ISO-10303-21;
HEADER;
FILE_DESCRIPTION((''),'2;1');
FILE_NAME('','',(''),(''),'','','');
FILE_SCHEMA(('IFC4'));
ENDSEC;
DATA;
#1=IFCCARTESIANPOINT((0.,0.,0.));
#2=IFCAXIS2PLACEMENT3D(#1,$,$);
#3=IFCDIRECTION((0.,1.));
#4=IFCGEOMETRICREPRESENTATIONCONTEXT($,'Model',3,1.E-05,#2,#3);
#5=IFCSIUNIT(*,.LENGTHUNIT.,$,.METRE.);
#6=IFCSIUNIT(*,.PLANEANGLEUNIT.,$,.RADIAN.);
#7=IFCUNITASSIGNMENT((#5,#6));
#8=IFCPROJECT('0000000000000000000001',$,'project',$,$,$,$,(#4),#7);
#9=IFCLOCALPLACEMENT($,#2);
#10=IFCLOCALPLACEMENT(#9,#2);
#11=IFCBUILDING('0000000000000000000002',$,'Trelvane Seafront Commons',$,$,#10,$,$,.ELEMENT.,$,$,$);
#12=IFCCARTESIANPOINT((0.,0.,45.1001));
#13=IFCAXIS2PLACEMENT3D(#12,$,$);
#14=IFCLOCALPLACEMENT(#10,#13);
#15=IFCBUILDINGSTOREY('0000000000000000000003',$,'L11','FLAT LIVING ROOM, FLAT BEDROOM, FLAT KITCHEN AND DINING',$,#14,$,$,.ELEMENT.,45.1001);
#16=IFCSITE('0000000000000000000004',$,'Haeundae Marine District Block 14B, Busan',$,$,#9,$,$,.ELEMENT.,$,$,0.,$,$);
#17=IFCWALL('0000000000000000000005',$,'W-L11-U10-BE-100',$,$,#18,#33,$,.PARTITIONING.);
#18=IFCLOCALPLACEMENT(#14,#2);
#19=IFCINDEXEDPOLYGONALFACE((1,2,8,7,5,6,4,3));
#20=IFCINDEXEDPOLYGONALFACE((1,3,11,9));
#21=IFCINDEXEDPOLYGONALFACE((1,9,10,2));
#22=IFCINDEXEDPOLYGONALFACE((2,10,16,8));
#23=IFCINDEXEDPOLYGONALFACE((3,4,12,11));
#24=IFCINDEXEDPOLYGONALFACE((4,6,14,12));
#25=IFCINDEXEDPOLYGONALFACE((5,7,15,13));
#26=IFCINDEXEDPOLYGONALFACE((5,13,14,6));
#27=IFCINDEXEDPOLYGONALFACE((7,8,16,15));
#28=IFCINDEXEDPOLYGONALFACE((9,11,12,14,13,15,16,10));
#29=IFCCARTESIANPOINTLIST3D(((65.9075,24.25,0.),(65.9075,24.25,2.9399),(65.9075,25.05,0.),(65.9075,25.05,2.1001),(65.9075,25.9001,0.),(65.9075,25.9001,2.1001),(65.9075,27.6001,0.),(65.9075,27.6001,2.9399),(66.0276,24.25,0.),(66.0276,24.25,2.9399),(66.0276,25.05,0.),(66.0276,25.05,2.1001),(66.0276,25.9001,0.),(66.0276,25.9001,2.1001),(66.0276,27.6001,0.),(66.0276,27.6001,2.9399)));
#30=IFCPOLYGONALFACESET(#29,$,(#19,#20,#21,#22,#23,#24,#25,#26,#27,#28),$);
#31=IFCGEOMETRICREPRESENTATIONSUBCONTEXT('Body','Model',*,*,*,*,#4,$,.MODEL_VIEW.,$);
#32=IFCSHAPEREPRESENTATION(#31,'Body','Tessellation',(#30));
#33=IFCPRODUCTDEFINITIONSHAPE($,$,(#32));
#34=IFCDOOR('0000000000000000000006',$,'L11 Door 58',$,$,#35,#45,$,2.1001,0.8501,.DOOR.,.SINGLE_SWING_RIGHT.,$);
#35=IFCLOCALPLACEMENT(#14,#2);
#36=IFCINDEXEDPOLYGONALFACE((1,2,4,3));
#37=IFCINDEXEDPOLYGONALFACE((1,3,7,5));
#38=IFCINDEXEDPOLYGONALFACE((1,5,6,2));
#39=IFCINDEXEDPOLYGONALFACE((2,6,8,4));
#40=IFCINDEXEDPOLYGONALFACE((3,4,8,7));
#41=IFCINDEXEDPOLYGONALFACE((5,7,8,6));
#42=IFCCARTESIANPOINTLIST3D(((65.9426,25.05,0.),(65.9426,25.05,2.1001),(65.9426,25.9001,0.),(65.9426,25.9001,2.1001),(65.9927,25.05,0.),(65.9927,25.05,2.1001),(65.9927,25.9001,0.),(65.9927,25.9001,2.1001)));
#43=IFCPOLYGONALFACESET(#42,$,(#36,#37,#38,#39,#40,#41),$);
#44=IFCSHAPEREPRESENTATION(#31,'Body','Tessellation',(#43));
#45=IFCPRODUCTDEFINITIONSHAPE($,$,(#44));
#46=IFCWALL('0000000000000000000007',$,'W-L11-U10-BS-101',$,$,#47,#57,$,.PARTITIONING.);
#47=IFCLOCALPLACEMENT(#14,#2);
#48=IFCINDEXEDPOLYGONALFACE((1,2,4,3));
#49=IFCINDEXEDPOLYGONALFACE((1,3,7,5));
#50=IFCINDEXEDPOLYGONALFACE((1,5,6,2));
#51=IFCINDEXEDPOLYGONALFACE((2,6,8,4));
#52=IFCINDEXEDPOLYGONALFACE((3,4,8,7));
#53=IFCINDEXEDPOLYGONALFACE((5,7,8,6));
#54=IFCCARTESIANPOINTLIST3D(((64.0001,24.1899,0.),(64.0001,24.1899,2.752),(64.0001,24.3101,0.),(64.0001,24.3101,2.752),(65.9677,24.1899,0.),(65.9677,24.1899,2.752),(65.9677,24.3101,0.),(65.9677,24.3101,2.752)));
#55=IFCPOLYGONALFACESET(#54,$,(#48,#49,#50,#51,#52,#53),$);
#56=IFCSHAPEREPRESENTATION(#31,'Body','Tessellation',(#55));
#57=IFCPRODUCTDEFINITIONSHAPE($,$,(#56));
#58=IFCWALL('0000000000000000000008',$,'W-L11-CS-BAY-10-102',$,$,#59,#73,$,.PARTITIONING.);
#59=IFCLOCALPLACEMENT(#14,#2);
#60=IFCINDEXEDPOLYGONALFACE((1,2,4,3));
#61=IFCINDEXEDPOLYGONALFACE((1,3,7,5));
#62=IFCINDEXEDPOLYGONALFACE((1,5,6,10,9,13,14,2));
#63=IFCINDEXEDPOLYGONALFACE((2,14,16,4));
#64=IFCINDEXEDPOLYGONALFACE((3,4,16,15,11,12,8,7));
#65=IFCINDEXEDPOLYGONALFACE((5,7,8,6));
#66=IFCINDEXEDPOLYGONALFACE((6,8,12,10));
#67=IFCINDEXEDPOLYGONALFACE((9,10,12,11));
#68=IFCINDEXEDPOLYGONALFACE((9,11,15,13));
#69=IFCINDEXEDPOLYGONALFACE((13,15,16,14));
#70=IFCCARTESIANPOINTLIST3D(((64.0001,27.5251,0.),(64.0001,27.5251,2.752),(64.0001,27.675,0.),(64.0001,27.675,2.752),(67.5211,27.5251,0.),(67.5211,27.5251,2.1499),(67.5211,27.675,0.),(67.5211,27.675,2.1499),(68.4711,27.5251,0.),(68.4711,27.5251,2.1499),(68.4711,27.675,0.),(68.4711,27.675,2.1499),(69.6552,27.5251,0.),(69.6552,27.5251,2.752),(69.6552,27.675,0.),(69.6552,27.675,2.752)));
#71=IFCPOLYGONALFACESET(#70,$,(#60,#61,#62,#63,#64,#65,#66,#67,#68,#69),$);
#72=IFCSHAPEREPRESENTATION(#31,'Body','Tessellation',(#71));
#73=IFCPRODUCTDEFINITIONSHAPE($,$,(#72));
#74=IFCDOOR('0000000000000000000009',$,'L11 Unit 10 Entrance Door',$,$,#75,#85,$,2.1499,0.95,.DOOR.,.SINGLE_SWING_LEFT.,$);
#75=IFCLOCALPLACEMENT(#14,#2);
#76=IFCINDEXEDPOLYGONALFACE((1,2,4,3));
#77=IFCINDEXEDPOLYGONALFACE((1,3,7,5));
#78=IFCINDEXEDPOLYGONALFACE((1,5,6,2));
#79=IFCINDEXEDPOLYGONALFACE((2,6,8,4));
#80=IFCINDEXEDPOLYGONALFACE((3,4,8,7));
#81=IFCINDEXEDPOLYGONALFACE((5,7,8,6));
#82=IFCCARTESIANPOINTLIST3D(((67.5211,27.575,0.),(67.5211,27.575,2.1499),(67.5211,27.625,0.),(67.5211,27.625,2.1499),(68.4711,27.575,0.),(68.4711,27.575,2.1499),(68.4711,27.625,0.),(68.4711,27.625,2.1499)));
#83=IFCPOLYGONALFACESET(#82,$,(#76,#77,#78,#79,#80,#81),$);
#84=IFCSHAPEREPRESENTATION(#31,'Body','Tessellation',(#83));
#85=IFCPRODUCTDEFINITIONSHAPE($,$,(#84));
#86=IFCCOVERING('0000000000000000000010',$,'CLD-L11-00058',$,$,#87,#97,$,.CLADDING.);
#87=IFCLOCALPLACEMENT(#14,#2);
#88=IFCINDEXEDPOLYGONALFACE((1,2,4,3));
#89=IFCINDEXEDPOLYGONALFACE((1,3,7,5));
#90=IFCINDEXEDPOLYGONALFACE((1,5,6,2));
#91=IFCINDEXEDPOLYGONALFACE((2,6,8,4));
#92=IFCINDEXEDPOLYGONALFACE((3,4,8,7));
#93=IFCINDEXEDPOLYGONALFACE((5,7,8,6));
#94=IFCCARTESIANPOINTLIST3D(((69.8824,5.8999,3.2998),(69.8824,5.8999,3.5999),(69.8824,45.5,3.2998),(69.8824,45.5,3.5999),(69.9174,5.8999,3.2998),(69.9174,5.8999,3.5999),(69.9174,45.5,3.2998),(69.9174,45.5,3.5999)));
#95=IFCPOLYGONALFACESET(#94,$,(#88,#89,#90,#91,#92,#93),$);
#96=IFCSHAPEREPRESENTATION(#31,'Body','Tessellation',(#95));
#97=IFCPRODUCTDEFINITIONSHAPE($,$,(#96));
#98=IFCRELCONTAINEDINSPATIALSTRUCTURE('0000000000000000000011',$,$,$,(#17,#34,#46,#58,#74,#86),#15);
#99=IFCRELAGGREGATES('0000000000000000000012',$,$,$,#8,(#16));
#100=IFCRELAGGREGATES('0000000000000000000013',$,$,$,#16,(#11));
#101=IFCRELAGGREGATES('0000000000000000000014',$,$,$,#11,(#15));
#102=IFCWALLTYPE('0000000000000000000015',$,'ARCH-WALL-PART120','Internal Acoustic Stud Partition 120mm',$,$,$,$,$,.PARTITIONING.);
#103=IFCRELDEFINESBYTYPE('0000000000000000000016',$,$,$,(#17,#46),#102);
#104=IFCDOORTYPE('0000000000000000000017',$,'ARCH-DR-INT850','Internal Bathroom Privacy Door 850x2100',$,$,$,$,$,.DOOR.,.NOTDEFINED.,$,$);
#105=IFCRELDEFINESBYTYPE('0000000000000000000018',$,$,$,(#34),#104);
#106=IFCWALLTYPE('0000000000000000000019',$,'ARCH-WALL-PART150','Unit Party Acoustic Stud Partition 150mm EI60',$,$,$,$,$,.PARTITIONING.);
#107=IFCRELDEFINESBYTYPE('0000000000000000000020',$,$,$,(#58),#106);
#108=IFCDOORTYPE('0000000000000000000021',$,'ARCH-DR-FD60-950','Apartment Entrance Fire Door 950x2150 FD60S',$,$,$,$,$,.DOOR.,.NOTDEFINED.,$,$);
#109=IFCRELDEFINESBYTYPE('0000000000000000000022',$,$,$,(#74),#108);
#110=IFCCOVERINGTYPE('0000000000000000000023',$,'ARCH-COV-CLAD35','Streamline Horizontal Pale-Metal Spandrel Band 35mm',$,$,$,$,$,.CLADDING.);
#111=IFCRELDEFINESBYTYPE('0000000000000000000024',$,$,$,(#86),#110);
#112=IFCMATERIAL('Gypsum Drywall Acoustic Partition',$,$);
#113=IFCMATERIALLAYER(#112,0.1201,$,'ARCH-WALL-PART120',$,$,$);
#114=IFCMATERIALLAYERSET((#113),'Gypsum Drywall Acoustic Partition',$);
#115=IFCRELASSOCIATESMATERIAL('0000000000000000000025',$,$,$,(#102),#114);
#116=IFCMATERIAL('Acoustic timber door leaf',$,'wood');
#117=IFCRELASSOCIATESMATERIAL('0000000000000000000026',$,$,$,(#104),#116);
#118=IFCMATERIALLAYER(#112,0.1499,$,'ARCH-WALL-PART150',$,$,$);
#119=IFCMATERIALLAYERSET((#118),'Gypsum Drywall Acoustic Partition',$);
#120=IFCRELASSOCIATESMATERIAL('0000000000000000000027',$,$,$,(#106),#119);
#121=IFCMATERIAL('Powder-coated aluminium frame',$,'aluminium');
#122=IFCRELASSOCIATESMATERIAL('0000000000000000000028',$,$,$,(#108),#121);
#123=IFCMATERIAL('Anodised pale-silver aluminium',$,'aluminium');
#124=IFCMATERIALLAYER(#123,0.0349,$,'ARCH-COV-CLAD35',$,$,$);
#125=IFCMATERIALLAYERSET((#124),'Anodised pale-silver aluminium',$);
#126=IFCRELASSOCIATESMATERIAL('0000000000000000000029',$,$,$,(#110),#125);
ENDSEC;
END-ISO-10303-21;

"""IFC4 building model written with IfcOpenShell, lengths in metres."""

from ifc_helpers import new_model, si_unit, direction, frame, frame_2d, origin, origin_2d, place, context, subcontext, project, spatial, rectangle, extrude, source, transform, mapped, material, layer, layer_set, type_object, element, fill, save


model = new_model("IFC4")

# Units and contexts
model_context = context("Model", 3, precision=1e-05, world=origin(), true_north=direction((0.0, 1.0)))
body_context = subcontext(model_context, "Body", "Model", "MODEL_VIEW")
ifc_project = project(units=[si_unit("LENGTHUNIT", "METRE"), si_unit("PLANEANGLEUNIT", "RADIAN")], contexts=[model_context])

# Site, building, storey
site_placement = place(None, origin())
site = spatial("IfcSite", under=ifc_project, at=site_placement, Name="Haeundae Marine District Block 14B, Busan", CompositionType="ELEMENT", RefElevation=0.0)
building_placement = place(site_placement, origin())
building = spatial("IfcBuilding", under=site, at=building_placement, Name="Trelvane Seafront Commons", CompositionType="ELEMENT")
storey_placement = place(building_placement, frame((0.0, 0.0, 45.1001)))
storey = spatial("IfcBuildingStorey", under=building, at=storey_placement, Name="L11", Description="FLAT LIVING ROOM, FLAT BEDROOM, FLAT KITCHEN AND DINING", CompositionType="ELEMENT", Elevation=45.1001)

# Shared definitions
ifc_material_1 = material(Name="Gypsum Drywall Acoustic Partition")
ifc_layer_1 = layer(ifc_material_1, 0.1201, Name="ARCH-WALL-PART120")
ifc_layer_set_1 = layer_set([ifc_layer_1], Name="Gypsum Drywall Acoustic Partition")
wall_type_1 = type_object("IfcWallType", Name="ARCH-WALL-PART120", Description="Internal Acoustic Stud Partition 120mm", PredefinedType="PARTITIONING", material=ifc_layer_set_1)

# Wall, opening, door
wall_1_placement = place(storey_placement, frame((65.9675, 24.25, 0.0), z_axis=(0.0, 0.0, 1.0), x_axis=(0.0, 1.0, 0.0)))
wall_1 = element("IfcWall", 1, at=wall_1_placement, inside=storey, type_object=wall_type_1, Name="W-L11-U10-BE-100", PredefinedType="PARTITIONING", context=body_context, shape_type="SweptSolid", body=[
    extrude(rectangle(XDim=3.3501, YDim=0.1201, at=frame_2d((1.675, 0.0))), origin(), (0.0, 0.0, 1.0), 2.9399),
])
opening_1_placement = place(wall_1_placement, frame((0.8, 0.0, 0.0)))
opening_1 = element("IfcOpeningElement", 2, at=opening_1_placement, cuts=wall_1, PredefinedType="OPENING", context=body_context, shape_type="SweptSolid", body=[
    extrude(rectangle(XDim=0.8501, YDim=2.1001, at=frame_2d((0.425, 1.05))), frame((0.0, 0.0701, 0.0), z_axis=(0.0, -1.0, 0.0), x_axis=(1.0, 0.0, 0.0)), (0.0, 0.0, 1.0), 0.1401),
])
ifc_material_2 = material(Name="Acoustic timber door leaf", Category="wood")
door_type_1 = type_object("IfcDoorType", Name="ARCH-DR-INT850", Description="Internal Bathroom Privacy Door 850x2100", OperationType="NOTDEFINED", PredefinedType="DOOR", material=ifc_material_2)
shared_shape_1 = source(origin(), body_context, "Body", "SweptSolid", [
    extrude(rectangle(XDim=0.8501, YDim=2.1001, at=frame_2d((0.425, 1.05))), frame((0.0, 0.0249, 0.0), z_axis=(0.0, -1.0, 0.0), x_axis=(1.0, 0.0, 0.0)), (0.0, 0.0, 1.0), 0.05),
])
door_1_placement = place(opening_1_placement, origin())
door_1 = element("IfcDoor", 3, at=door_1_placement, inside=storey, type_object=door_type_1, Name="L11 Door 58", OperationType="SINGLE_SWING_RIGHT", OverallHeight=2.1001, OverallWidth=0.8501, PredefinedType="DOOR", context=body_context, shape_type="MappedRepresentation", body=[
    mapped(shared_shape_1, transform((0.0, 0.0, 0.0), x_axis=(1.0, 0.0, 0.0), y_axis=(0.0, 1.0, 0.0), z_axis=(0.0, 0.0, 1.0), scale=1.0)),
])
fill(opening_1, door_1)

# Wall
wall_2_placement = place(storey_placement, frame((64.0, 24.25, 0.0), z_axis=(0.0, 0.0, 1.0), x_axis=(1.0, 0.0, 0.0)))
element("IfcWall", 4, at=wall_2_placement, inside=storey, type_object=wall_type_1, Name="W-L11-U10-BS-101", PredefinedType="PARTITIONING", context=body_context, shape_type="SweptSolid", body=[
    extrude(rectangle(XDim=1.9675, YDim=0.1201, at=frame_2d((0.9839, 0.0))), origin(), (0.0, 0.0, 1.0), 2.752),
])

# Wall, opening, door
ifc_layer_2 = layer(ifc_material_1, 0.1499, Name="ARCH-WALL-PART150")
ifc_layer_set_2 = layer_set([ifc_layer_2], Name="Gypsum Drywall Acoustic Partition")
wall_type_2 = type_object("IfcWallType", Name="ARCH-WALL-PART150", Description="Unit Party Acoustic Stud Partition 150mm EI60", PredefinedType="PARTITIONING", material=ifc_layer_set_2)
wall_3_placement = place(storey_placement, frame((64.0, 27.6001, 0.0), z_axis=(0.0, 0.0, 1.0), x_axis=(1.0, 0.0, 0.0)))
wall_3 = element("IfcWall", 5, at=wall_3_placement, inside=storey, type_object=wall_type_2, Name="W-L11-CS-BAY-10-102", PredefinedType="PARTITIONING", context=body_context, shape_type="SweptSolid", body=[
    extrude(rectangle(XDim=5.655, YDim=0.1499, at=frame_2d((2.8276, 0.0))), origin(), (0.0, 0.0, 1.0), 2.752),
])
opening_2_placement = place(wall_3_placement, frame((3.521, 0.0, 0.0)))
opening_2 = element("IfcOpeningElement", 6, at=opening_2_placement, cuts=wall_3, PredefinedType="OPENING", context=body_context, shape_type="SweptSolid", body=[
    extrude(rectangle(XDim=0.95, YDim=2.1499, at=frame_2d((0.4751, 1.075))), frame((0.0, 0.085, 0.0), z_axis=(0.0, -1.0, 0.0), x_axis=(1.0, 0.0, 0.0)), (0.0, 0.0, 1.0), 0.1699),
])
ifc_material_3 = material(Name="Powder-coated aluminium frame", Category="aluminium")
door_type_2 = type_object("IfcDoorType", Name="ARCH-DR-FD60-950", Description="Apartment Entrance Fire Door 950x2150 FD60S", OperationType="NOTDEFINED", PredefinedType="DOOR", material=ifc_material_3)
shared_shape_2 = source(origin(), body_context, "Body", "SweptSolid", [
    extrude(rectangle(XDim=0.95, YDim=2.1499, at=frame_2d((0.4751, 1.075))), frame((0.0, 0.0249, 0.0), z_axis=(0.0, -1.0, 0.0), x_axis=(1.0, 0.0, 0.0)), (0.0, 0.0, 1.0), 0.05),
])
door_2_placement = place(opening_2_placement, origin())
door_2 = element("IfcDoor", 7, at=door_2_placement, inside=storey, type_object=door_type_2, Name="L11 Unit 10 Entrance Door", OperationType="SINGLE_SWING_LEFT", OverallHeight=2.1499, OverallWidth=0.95, PredefinedType="DOOR", context=body_context, shape_type="MappedRepresentation", body=[
    mapped(shared_shape_2, transform((0.0, 0.0, 0.0), x_axis=(1.0, 0.0, 0.0), y_axis=(0.0, 1.0, 0.0), z_axis=(0.0, 0.0, 1.0), scale=1.0)),
])
fill(opening_2, door_2)

# Covering
ifc_material_4 = material(Name="Anodised pale-silver aluminium", Category="aluminium")
ifc_layer_3 = layer(ifc_material_4, 0.0349, Name="ARCH-COV-CLAD35")
ifc_layer_set_3 = layer_set([ifc_layer_3], Name="Anodised pale-silver aluminium")
covering_type = type_object("IfcCoveringType", Name="ARCH-COV-CLAD35", Description="Streamline Horizontal Pale-Metal Spandrel Band 35mm", PredefinedType="CLADDING", material=ifc_layer_set_3)
shared_shape_3 = source(origin(), body_context, "Body", "SweptSolid", [
    extrude(rectangle(XDim=39.6001, YDim=0.0349, at=origin_2d()), origin(), (0.0, 0.0, 1.0), 0.3),
])
covering_placement = place(storey_placement, frame((69.8999, 25.7, 3.2998), z_axis=(0.0, 0.0, 1.0), x_axis=(0.0, -1.0, 0.0)))
element("IfcCovering", 8, at=covering_placement, inside=storey, type_object=covering_type, Name="CLD-L11-00058", PredefinedType="CLADDING", context=body_context, shape_type="MappedRepresentation", body=[
    mapped(shared_shape_3, transform((0.0, 0.0, 0.0), x_axis=(1.0, 0.0, 0.0), y_axis=(0.0, 1.0, 0.0), z_axis=(0.0, 0.0, 1.0), scale=1.0)),
])

save(model, "model.ifc")
